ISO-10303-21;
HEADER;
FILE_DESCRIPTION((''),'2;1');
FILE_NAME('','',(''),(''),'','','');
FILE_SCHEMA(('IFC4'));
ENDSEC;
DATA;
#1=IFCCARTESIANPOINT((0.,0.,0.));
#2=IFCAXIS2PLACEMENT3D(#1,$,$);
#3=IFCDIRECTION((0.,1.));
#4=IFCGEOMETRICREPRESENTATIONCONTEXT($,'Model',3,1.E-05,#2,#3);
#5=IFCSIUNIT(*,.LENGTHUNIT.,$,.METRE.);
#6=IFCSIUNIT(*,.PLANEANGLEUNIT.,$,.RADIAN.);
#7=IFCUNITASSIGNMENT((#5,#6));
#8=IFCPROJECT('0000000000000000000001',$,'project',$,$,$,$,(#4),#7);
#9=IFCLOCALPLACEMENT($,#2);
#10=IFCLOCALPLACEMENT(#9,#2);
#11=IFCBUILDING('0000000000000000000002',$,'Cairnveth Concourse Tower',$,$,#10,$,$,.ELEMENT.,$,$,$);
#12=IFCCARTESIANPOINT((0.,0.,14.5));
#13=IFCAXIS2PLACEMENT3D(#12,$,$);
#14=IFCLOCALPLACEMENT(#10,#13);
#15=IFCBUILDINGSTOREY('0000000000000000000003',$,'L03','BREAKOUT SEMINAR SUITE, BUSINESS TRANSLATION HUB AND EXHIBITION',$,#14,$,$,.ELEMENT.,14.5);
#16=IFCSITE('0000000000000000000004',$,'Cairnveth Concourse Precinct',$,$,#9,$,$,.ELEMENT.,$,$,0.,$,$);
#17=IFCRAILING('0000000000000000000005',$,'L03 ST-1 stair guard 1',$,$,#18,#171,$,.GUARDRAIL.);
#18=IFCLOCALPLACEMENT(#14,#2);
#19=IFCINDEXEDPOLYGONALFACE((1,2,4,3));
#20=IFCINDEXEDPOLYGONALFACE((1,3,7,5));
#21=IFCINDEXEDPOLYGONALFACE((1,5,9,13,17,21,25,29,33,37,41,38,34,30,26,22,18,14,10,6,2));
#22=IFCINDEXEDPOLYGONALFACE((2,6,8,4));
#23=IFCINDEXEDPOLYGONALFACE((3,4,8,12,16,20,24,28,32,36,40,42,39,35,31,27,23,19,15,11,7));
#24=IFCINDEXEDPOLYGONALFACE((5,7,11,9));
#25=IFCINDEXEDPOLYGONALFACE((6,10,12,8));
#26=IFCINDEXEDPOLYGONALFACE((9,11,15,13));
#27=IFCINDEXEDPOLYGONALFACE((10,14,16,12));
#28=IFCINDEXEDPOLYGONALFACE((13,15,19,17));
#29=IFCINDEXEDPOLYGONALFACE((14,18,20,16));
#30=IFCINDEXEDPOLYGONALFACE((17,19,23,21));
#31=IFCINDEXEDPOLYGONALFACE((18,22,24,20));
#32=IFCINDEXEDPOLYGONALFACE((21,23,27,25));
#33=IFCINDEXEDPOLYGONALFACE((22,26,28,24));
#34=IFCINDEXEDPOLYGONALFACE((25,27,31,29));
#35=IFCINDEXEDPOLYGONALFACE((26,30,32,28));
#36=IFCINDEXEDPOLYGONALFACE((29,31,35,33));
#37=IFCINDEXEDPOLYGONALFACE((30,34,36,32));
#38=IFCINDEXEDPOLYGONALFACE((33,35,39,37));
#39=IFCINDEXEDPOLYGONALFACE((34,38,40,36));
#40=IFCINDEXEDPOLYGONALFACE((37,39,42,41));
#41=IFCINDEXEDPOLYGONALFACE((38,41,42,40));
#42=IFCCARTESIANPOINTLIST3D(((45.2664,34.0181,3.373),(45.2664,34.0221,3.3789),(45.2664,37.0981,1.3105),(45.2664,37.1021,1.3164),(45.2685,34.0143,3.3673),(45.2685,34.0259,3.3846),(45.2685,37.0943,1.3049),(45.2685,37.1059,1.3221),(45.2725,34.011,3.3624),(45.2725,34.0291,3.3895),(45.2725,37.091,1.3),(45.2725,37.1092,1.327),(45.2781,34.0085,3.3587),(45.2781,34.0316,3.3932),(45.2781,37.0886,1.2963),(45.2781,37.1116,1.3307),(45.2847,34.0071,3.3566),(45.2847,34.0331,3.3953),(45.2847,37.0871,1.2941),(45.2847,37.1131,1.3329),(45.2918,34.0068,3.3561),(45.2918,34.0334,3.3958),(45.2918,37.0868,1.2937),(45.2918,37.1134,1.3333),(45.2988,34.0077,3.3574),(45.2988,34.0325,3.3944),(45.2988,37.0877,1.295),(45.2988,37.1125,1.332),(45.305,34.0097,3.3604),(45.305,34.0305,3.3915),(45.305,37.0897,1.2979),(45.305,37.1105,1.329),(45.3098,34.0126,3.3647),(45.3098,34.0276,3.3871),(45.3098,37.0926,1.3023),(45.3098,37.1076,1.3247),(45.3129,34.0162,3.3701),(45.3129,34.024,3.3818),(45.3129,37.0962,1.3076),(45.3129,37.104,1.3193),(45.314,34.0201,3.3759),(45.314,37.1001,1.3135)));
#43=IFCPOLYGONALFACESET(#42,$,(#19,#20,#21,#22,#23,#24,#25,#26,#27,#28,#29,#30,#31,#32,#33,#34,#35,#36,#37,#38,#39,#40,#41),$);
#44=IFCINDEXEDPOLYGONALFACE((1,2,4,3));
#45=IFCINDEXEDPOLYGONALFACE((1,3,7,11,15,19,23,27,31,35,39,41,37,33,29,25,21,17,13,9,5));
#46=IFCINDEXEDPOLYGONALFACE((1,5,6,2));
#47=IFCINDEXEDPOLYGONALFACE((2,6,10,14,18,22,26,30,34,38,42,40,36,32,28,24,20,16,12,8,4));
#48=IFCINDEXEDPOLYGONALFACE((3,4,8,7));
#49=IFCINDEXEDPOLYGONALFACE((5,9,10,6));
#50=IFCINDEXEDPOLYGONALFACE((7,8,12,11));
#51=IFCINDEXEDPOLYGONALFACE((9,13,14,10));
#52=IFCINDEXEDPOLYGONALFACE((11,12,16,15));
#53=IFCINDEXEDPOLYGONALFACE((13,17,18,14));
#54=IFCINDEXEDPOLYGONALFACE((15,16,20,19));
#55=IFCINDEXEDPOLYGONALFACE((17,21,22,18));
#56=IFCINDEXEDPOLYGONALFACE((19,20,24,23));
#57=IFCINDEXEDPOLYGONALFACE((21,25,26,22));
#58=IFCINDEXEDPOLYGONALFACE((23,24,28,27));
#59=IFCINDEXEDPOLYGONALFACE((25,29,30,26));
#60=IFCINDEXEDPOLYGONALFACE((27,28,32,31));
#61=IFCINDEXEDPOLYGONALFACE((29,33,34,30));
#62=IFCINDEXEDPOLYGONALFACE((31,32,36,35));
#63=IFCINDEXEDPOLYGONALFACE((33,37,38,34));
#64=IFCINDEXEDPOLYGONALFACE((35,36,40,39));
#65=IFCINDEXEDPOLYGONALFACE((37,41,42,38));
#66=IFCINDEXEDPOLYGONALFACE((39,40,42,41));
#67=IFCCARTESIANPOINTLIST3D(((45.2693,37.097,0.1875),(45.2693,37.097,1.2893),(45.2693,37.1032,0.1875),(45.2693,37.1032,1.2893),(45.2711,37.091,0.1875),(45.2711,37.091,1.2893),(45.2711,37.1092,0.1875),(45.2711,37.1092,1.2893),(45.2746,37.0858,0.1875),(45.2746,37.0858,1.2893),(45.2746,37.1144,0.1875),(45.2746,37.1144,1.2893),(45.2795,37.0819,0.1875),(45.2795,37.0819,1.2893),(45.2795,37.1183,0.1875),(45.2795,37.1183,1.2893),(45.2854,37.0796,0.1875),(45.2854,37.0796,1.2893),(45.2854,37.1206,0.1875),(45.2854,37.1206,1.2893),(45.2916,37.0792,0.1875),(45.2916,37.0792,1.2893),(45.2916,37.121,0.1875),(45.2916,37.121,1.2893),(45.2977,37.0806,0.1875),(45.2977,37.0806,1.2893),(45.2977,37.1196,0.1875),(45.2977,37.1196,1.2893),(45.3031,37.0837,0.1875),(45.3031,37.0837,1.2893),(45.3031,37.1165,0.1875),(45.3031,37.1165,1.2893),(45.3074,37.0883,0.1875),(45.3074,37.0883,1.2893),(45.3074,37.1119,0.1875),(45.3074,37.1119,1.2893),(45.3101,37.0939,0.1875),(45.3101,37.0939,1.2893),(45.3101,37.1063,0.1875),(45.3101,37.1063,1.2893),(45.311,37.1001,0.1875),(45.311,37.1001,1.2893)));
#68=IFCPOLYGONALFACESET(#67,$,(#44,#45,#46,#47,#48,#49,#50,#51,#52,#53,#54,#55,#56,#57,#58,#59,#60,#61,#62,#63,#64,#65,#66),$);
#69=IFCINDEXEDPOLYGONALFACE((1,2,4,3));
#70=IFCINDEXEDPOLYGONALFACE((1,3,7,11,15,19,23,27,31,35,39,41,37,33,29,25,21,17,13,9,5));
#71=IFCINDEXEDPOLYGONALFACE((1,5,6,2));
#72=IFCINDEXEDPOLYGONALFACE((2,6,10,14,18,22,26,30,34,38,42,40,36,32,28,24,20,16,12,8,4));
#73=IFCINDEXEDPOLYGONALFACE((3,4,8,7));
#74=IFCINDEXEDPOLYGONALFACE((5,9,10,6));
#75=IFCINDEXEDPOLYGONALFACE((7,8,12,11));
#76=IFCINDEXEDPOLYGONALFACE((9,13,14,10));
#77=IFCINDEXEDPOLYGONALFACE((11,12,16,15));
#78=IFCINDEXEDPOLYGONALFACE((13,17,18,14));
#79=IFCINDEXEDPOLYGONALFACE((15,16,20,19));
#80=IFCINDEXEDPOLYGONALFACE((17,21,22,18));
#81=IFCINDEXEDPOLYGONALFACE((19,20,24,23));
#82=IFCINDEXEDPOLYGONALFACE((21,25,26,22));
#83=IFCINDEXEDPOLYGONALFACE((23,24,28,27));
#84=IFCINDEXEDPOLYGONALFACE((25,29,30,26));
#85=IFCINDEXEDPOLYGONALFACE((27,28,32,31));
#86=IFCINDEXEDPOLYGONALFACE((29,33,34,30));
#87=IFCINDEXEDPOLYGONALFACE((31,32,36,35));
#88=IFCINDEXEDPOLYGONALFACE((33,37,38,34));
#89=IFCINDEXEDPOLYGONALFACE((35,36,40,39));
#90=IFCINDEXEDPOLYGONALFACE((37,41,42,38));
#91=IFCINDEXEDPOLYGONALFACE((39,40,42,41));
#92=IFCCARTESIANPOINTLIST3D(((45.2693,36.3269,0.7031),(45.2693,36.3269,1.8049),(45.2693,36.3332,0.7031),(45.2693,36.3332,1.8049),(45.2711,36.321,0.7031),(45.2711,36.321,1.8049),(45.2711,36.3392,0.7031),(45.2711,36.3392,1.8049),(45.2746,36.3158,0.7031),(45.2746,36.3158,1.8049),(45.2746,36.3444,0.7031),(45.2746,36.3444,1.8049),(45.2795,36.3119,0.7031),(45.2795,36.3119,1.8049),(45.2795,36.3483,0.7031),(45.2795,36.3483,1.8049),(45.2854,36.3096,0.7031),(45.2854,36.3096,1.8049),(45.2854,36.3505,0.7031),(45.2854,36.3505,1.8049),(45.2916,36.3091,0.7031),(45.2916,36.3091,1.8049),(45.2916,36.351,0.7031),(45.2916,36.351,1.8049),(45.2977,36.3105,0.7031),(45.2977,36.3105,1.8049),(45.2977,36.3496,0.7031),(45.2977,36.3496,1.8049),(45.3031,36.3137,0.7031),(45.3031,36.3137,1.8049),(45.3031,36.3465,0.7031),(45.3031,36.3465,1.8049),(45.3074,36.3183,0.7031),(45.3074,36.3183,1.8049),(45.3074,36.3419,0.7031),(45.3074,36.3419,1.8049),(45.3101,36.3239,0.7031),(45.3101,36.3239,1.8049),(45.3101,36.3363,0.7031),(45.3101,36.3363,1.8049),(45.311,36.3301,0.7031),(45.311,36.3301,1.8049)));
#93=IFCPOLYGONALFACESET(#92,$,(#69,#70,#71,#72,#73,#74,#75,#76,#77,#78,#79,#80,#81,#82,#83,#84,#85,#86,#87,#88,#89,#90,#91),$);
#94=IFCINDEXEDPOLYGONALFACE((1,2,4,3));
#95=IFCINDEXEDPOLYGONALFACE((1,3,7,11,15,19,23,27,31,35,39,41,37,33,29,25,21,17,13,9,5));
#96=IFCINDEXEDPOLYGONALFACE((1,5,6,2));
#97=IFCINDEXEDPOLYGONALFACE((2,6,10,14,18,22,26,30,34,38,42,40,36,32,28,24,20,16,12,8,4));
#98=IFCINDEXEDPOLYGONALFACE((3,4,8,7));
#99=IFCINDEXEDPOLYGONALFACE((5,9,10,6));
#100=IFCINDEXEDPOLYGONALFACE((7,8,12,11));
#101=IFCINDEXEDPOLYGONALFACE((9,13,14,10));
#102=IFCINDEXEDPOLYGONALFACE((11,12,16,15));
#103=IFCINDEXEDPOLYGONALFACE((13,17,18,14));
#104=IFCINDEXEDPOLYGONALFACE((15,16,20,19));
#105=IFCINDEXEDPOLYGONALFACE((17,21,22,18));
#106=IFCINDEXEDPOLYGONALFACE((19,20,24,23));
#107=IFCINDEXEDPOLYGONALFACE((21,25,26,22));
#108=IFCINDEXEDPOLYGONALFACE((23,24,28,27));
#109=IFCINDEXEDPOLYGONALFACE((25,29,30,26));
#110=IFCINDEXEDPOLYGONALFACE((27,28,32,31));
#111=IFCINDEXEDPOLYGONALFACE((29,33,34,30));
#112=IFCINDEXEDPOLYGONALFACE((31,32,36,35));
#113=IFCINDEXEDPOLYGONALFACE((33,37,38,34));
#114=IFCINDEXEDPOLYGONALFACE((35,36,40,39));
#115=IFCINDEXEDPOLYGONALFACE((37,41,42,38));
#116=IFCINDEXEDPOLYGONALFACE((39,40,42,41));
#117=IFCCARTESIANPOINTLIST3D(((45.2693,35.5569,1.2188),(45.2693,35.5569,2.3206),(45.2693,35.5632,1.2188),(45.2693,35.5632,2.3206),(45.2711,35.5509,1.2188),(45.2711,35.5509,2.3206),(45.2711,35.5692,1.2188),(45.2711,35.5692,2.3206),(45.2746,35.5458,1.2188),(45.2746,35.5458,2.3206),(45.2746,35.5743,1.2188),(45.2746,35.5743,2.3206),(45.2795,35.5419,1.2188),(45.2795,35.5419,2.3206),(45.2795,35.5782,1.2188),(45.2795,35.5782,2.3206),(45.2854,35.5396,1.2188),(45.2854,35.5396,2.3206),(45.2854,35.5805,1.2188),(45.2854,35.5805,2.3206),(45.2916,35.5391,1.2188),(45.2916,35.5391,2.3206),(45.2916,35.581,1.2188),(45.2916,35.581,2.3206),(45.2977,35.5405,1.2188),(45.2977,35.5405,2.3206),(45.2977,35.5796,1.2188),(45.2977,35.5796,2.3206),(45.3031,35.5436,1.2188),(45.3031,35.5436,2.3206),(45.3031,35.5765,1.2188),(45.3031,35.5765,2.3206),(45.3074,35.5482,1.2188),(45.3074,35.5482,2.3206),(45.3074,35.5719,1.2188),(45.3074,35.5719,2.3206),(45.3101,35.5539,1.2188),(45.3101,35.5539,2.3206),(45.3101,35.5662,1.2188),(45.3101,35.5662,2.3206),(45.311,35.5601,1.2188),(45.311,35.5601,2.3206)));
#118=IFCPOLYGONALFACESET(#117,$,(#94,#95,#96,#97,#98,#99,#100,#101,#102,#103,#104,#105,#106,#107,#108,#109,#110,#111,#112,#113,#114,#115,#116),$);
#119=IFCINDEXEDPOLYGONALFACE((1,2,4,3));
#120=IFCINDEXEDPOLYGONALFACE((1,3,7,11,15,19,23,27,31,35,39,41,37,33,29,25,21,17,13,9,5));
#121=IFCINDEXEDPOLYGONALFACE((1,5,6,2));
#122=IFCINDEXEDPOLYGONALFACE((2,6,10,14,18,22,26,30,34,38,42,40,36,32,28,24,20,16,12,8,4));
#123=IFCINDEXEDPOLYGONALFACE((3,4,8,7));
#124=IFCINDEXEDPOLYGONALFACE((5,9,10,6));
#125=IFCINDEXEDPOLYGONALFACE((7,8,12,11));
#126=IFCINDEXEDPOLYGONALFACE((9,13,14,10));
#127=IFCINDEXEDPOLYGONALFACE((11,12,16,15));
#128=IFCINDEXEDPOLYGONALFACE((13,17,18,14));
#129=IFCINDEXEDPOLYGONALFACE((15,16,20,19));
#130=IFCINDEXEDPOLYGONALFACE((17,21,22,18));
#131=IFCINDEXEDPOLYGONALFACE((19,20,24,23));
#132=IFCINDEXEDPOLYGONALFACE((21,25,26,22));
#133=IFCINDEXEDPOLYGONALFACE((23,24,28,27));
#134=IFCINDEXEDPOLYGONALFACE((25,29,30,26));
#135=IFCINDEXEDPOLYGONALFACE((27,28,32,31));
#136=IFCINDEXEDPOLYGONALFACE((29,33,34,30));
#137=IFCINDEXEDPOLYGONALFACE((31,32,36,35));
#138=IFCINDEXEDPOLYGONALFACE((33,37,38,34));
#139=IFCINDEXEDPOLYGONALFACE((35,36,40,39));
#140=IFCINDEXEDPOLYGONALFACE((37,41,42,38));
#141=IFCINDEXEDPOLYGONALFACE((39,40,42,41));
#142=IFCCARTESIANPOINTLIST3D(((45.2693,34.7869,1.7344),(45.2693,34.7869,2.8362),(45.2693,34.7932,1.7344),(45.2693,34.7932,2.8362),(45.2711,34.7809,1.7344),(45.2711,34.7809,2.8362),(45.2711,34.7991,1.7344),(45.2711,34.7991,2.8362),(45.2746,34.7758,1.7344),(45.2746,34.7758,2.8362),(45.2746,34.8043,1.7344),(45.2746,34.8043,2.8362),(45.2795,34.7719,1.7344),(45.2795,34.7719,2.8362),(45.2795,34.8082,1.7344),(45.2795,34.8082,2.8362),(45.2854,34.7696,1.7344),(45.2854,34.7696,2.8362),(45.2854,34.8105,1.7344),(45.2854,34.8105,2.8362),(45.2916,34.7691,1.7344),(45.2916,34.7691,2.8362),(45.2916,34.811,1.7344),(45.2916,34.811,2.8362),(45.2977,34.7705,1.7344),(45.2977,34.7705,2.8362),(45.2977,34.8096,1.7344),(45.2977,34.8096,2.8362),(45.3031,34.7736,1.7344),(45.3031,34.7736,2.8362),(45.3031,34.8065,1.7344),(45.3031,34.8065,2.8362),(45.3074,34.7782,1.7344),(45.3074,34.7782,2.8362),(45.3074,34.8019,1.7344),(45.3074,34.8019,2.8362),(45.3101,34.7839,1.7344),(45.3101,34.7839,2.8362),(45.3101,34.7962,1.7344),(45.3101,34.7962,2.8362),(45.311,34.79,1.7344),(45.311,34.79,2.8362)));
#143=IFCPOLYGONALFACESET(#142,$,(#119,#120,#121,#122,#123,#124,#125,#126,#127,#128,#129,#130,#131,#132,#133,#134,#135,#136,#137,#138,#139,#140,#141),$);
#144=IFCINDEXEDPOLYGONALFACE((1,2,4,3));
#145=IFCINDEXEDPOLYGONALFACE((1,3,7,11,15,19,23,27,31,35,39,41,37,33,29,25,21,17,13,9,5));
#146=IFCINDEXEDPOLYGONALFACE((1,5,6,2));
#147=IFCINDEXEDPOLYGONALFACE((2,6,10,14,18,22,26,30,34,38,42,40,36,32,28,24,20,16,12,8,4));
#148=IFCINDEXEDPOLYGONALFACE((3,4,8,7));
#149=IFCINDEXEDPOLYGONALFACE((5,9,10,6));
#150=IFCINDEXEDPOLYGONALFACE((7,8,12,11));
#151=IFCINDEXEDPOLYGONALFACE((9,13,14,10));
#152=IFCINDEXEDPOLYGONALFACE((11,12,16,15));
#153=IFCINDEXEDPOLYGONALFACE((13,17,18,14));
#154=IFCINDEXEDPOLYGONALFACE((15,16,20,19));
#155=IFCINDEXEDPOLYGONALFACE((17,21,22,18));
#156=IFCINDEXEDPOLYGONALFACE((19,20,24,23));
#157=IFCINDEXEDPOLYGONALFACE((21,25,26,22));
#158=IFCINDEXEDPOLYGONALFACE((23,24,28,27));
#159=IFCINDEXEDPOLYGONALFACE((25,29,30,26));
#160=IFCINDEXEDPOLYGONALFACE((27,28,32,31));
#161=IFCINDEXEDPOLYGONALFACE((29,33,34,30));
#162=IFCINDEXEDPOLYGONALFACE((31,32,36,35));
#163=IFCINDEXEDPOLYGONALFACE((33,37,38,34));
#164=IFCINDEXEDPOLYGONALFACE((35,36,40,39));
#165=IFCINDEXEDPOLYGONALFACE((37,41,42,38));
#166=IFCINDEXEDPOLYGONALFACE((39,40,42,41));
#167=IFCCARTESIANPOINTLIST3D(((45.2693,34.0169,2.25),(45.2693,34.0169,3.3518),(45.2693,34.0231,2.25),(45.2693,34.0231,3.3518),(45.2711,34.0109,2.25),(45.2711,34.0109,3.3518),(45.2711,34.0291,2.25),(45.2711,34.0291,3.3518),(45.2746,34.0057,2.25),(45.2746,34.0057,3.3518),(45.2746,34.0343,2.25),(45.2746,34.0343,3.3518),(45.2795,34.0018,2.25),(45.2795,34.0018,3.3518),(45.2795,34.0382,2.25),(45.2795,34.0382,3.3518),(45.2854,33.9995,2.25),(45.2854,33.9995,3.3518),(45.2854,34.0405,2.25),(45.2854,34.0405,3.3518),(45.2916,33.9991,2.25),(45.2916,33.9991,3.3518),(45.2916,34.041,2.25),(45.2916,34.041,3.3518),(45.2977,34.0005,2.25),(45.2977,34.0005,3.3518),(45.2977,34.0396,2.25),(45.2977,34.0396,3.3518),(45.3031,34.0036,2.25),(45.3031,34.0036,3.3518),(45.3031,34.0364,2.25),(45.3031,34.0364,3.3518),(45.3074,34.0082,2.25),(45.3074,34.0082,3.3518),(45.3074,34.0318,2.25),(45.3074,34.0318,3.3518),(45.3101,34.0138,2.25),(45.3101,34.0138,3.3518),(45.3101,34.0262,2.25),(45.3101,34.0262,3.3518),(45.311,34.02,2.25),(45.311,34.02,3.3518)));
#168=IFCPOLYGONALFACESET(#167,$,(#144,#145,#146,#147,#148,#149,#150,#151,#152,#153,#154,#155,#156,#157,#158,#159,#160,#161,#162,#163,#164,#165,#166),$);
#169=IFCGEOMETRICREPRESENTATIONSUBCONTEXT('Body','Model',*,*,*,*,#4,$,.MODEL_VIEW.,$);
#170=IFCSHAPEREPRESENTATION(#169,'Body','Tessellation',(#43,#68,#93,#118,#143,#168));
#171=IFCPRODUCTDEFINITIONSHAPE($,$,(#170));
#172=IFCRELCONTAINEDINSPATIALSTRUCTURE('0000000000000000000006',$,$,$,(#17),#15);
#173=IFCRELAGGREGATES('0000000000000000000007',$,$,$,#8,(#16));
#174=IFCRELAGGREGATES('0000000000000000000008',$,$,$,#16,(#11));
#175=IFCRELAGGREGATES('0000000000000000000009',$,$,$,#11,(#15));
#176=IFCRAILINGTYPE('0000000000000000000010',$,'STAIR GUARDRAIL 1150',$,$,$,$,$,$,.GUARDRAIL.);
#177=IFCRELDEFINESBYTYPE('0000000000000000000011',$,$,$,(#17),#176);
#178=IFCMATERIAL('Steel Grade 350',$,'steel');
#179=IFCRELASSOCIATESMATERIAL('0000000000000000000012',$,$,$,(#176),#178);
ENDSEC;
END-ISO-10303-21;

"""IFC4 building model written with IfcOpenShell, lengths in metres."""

from ifc_helpers import new_model, si_unit, direction, frame, origin, origin_2d, place, context, subcontext, project, spatial, circle, extrude, material, type_object, element, save


model = new_model("IFC4")

# Units and contexts
model_context = context("Model", 3, precision=1e-05, world=origin(), true_north=direction((0.0, 1.0)))
body_context = subcontext(model_context, "Body", "Model", "MODEL_VIEW")
ifc_project = project(units=[si_unit("LENGTHUNIT", "METRE"), si_unit("PLANEANGLEUNIT", "RADIAN")], contexts=[model_context])

# Site, building, storey
site_placement = place(None, origin())
site = spatial("IfcSite", under=ifc_project, at=site_placement, Name="Cairnveth Concourse Precinct", CompositionType="ELEMENT", RefElevation=0.0)
building_placement = place(site_placement, origin())
building = spatial("IfcBuilding", under=site, at=building_placement, Name="Cairnveth Concourse Tower", CompositionType="ELEMENT")
storey_placement = place(building_placement, frame((0.0, 0.0, 14.5)))
storey = spatial("IfcBuildingStorey", under=building, at=storey_placement, Name="L03", Description="BREAKOUT SEMINAR SUITE, BUSINESS TRANSLATION HUB AND EXHIBITION", CompositionType="ELEMENT", Elevation=14.5)

# Shared definitions
ifc_material_1 = material(Name="Steel Grade 350", Category="steel")

# Railing
railing_type_1 = type_object("IfcRailingType", Name="STAIR GUARDRAIL 1150", PredefinedType="GUARDRAIL", material=ifc_material_1)
railing_1_placement = place(storey_placement, frame((45.29, 37.1001, 0.1875)))
element("IfcRailing", 1, at=railing_1_placement, inside=storey, type_object=railing_type_1, Name="L03 ST-1 stair guard 1", PredefinedType="GUARDRAIL", context=body_context, shape_type="SweptSolid", body=[
    extrude(circle(Radius=0.0239, at=origin_2d()), frame((0.0, 0.0, 1.126), z_axis=(0.0, -0.830914, 0.556401), x_axis=(1.0, 0.0, 0.0)), (0.0, 0.0, 1.0), 3.7068),
    extrude(circle(Radius=0.021, at=origin_2d()), origin(), (0.0, 0.0, 1.0), 1.1018),
    extrude(circle(Radius=0.021, at=origin_2d()), frame((0.0, -0.77, 0.5156)), (0.0, 0.0, 1.0), 1.1018),
    extrude(circle(Radius=0.021, at=origin_2d()), frame((0.0, -1.54, 1.0312)), (0.0, 0.0, 1.0), 1.1018),
    extrude(circle(Radius=0.021, at=origin_2d()), frame((0.0, -2.3101, 1.5469)), (0.0, 0.0, 1.0), 1.1018),
    extrude(circle(Radius=0.021, at=origin_2d()), frame((0.0, -3.0801, 2.0625)), (0.0, 0.0, 1.0), 1.1018),
])

save(model, "model.ifc")
